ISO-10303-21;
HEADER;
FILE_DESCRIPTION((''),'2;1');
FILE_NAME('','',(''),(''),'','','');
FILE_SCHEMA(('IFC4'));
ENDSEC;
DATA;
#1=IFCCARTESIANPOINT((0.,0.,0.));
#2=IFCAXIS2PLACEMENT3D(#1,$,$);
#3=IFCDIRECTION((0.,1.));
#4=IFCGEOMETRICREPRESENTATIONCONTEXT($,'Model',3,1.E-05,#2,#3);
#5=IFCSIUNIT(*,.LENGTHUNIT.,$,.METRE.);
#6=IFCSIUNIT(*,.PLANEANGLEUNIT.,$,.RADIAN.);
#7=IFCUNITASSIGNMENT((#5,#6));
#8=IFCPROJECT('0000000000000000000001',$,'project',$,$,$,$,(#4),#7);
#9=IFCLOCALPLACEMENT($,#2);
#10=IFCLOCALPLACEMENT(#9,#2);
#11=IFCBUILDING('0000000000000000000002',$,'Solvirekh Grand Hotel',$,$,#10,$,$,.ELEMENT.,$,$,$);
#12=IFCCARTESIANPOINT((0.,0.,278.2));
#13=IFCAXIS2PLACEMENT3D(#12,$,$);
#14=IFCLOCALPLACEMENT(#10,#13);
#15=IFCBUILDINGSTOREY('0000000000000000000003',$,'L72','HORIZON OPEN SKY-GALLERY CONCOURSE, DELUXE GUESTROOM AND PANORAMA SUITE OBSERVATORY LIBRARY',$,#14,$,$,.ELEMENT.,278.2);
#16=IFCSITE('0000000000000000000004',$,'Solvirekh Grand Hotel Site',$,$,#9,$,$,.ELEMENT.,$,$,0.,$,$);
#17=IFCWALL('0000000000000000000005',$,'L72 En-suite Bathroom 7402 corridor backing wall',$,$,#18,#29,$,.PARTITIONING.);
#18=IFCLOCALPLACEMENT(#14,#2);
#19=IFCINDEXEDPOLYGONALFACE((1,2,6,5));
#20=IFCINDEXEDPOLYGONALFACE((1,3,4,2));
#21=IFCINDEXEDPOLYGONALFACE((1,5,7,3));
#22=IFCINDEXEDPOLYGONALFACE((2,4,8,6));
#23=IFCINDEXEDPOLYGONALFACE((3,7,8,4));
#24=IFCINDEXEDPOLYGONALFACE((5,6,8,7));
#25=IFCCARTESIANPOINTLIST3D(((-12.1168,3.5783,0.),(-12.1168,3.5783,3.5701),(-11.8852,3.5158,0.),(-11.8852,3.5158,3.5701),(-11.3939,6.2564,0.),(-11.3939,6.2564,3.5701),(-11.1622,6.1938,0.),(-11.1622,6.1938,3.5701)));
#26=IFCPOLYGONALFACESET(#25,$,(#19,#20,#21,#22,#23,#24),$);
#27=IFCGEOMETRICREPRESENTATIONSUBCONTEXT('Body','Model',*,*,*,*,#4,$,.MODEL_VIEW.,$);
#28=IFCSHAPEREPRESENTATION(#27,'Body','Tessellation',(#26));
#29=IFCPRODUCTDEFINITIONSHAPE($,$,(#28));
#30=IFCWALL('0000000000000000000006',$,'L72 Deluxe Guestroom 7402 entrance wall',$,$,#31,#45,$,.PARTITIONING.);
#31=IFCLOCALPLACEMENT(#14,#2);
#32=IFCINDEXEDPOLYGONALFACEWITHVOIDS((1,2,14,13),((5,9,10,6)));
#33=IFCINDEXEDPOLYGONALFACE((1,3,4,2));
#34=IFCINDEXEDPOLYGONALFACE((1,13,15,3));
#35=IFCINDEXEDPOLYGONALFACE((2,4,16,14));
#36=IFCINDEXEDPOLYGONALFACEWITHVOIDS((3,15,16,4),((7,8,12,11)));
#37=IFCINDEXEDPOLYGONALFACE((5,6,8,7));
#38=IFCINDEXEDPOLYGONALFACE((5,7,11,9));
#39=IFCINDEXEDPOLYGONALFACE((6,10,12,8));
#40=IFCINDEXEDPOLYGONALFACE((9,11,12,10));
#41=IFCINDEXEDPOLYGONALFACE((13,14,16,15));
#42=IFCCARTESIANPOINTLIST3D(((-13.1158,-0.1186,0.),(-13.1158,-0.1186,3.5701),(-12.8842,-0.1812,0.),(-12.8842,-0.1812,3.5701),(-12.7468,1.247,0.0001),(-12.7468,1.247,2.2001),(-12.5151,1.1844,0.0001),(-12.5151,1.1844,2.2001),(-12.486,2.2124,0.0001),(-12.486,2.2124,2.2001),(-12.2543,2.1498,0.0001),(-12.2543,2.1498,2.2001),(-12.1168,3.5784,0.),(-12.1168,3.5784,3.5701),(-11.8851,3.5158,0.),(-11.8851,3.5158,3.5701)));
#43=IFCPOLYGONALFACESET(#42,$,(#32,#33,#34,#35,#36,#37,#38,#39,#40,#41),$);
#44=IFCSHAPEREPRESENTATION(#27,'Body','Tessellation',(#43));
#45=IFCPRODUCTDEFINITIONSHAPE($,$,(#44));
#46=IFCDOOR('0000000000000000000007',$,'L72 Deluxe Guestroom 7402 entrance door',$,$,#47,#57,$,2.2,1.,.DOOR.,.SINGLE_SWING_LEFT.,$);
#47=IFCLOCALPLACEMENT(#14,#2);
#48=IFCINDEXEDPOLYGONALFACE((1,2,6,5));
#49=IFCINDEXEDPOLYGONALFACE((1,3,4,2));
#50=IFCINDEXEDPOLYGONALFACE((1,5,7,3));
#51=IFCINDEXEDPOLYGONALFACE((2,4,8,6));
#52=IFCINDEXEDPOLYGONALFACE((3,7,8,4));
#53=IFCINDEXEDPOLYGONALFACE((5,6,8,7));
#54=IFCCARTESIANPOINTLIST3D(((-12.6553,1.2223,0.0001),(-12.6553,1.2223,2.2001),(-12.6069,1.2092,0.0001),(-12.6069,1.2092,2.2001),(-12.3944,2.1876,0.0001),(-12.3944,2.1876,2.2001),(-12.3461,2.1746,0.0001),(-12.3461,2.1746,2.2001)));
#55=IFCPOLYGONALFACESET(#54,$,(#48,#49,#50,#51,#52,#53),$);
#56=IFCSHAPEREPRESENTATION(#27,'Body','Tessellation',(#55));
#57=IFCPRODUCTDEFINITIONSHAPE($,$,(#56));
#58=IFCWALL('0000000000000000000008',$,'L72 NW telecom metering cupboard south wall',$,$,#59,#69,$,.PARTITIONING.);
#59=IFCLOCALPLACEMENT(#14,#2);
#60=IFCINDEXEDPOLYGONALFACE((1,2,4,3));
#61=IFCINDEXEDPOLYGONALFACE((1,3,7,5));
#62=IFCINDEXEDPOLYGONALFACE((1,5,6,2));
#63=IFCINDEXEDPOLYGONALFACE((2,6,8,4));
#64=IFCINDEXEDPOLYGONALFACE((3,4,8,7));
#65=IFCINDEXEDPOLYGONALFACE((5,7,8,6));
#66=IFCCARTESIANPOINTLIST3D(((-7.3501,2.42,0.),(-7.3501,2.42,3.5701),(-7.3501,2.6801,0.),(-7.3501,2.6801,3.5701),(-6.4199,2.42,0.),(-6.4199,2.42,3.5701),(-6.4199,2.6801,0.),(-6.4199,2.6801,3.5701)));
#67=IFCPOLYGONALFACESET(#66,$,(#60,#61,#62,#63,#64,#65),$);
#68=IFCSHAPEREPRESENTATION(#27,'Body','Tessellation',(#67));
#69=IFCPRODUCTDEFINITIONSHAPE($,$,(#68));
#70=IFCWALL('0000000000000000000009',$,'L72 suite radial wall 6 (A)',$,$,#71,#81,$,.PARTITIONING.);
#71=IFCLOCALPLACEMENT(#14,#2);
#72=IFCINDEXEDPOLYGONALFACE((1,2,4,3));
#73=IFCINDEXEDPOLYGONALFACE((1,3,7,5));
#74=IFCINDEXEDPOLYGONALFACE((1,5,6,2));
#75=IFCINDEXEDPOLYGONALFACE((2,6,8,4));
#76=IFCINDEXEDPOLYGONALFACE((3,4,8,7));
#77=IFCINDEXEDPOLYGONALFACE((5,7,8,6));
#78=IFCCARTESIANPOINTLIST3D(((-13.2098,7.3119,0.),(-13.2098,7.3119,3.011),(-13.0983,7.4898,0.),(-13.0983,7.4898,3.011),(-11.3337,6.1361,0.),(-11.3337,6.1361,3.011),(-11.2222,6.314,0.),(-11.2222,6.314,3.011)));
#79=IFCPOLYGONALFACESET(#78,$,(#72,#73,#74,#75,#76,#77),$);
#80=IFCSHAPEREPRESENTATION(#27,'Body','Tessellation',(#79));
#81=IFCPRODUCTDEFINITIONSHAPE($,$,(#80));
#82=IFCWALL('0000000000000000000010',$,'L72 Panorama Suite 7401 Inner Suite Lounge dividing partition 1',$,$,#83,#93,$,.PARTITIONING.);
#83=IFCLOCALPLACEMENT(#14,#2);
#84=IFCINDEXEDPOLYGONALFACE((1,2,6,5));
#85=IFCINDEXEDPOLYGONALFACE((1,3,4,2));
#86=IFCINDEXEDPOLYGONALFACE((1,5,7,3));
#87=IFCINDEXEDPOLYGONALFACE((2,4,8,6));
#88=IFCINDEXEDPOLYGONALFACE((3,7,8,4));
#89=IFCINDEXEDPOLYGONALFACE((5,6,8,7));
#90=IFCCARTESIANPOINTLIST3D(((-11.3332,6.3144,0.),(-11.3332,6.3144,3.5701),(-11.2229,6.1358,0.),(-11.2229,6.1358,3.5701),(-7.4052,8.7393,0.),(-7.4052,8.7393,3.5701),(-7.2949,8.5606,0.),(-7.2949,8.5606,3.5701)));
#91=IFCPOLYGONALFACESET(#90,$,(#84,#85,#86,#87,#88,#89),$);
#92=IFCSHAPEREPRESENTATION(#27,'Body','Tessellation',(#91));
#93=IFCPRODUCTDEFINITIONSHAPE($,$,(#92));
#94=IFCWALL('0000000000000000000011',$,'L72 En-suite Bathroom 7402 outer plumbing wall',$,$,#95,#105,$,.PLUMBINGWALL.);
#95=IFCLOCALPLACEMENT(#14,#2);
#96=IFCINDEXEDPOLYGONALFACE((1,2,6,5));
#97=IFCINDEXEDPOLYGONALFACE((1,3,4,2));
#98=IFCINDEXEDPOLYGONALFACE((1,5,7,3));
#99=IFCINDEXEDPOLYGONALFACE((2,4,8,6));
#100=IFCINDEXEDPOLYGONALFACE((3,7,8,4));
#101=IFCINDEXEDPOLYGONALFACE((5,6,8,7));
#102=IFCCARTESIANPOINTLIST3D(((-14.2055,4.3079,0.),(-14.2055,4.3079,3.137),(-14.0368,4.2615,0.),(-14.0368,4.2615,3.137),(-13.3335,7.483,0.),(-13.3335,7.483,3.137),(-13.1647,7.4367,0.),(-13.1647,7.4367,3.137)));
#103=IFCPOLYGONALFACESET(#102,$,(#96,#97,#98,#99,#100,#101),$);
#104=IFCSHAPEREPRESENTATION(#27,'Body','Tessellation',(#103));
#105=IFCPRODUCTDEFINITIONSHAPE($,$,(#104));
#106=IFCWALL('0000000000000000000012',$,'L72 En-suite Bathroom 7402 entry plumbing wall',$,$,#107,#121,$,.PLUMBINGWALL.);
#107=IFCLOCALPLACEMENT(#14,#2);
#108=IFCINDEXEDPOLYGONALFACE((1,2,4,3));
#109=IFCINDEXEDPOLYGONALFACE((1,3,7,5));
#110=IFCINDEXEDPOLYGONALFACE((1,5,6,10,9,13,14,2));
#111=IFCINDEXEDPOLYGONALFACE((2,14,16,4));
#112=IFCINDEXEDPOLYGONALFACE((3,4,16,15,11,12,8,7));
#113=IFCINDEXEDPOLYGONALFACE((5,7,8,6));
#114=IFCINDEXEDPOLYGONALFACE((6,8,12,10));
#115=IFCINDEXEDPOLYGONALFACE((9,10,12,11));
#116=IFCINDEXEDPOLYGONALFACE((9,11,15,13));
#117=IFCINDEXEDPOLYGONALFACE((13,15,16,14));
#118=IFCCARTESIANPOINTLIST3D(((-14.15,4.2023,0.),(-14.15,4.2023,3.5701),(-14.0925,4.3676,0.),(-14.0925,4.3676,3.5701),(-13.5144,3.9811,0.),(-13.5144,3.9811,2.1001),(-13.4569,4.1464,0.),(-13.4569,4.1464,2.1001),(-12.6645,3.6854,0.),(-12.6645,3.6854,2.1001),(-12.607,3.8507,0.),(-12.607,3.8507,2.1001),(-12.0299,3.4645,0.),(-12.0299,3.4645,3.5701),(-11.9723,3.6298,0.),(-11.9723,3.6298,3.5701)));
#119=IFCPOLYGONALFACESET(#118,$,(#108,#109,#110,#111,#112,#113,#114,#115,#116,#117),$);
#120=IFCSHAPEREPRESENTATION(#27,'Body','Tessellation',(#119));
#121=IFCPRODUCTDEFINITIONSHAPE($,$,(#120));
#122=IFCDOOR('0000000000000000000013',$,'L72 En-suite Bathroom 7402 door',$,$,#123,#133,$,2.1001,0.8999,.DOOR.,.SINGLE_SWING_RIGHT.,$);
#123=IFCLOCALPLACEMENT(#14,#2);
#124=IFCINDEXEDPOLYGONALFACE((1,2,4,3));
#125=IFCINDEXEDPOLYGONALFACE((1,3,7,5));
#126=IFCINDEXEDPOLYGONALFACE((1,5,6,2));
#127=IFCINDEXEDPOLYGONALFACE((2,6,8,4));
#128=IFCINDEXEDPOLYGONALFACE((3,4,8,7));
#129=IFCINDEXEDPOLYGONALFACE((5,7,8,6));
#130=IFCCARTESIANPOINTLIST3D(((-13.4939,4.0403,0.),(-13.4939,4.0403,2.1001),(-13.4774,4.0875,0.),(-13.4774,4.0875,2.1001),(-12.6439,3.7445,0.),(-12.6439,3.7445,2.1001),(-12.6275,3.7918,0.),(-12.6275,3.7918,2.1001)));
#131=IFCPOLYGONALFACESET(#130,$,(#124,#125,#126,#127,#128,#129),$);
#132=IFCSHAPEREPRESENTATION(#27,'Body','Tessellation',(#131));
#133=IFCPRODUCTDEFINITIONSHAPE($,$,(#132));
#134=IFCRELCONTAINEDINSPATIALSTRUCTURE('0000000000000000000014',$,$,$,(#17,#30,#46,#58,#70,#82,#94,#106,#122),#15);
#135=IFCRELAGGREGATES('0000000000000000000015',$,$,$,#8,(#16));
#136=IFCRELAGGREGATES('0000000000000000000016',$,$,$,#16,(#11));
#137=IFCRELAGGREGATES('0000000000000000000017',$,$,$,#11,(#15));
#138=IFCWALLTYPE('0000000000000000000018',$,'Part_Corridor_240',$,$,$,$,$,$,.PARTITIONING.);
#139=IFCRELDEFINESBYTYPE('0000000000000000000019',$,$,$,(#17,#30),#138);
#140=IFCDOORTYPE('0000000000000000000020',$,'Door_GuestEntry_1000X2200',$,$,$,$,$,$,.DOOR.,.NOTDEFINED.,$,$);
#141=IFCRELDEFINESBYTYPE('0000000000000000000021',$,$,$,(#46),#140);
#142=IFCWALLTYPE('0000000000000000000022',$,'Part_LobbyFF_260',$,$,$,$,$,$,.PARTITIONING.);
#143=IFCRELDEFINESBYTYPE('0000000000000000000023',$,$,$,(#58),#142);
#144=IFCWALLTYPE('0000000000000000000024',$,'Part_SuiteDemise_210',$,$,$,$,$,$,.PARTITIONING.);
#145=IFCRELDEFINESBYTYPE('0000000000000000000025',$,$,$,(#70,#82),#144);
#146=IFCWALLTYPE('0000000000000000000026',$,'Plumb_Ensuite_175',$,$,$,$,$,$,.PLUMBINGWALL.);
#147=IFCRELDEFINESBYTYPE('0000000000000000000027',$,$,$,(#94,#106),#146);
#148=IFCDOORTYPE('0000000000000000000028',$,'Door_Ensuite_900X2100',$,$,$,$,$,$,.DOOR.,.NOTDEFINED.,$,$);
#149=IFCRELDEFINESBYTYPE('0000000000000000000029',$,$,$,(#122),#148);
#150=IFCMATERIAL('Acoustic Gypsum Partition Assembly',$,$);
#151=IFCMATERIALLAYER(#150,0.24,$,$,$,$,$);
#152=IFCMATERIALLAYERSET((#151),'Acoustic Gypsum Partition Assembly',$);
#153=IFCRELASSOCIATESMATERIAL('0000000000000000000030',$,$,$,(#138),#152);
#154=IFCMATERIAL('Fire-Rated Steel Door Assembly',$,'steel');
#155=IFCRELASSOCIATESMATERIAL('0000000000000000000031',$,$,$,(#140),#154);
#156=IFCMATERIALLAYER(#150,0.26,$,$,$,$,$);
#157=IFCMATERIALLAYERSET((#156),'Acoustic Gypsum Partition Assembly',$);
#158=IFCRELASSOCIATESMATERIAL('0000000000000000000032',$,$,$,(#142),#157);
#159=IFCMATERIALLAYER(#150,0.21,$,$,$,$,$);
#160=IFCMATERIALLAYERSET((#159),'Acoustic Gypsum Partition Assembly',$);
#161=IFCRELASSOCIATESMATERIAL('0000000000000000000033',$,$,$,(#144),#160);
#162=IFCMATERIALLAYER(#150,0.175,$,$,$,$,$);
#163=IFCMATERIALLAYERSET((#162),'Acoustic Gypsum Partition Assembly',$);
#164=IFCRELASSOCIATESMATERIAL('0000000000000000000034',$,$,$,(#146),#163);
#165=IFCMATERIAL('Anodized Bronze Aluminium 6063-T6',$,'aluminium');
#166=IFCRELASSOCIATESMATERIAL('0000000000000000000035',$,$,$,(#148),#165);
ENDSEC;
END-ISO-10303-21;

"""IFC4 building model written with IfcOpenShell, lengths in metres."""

from ifc_helpers import new_model, si_unit, direction, frame, frame_2d, origin, place, context, subcontext, project, spatial, rectangle, extrude, material, layer, layer_set, type_object, element, fill, save


model = new_model("IFC4")

# Units and contexts
model_context = context("Model", 3, precision=1e-05, world=origin(), true_north=direction((0.0, 1.0)))
body_context = subcontext(model_context, "Body", "Model", "MODEL_VIEW")
ifc_project = project(units=[si_unit("LENGTHUNIT", "METRE"), si_unit("PLANEANGLEUNIT", "RADIAN")], contexts=[model_context])

# Site, building, storey
site_placement = place(None, origin())
site = spatial("IfcSite", under=ifc_project, at=site_placement, Name="Solvirekh Grand Hotel Site", CompositionType="ELEMENT", RefElevation=0.0)
building_placement = place(site_placement, origin())
building = spatial("IfcBuilding", under=site, at=building_placement, Name="Solvirekh Grand Hotel", CompositionType="ELEMENT")
storey_placement = place(building_placement, frame((0.0, 0.0, 278.2)))
storey = spatial("IfcBuildingStorey", under=building, at=storey_placement, Name="L72", Description="HORIZON OPEN SKY-GALLERY CONCOURSE, DELUXE GUESTROOM AND PANORAMA SUITE OBSERVATORY LIBRARY", CompositionType="ELEMENT", Elevation=278.2)

# Shared definitions
ifc_material_1 = material(Name="Anodized Bronze Aluminium 6063-T6", Category="aluminium")

# Wall
ifc_material_2 = material(Name="Acoustic Gypsum Partition Assembly")
ifc_layer_1 = layer(ifc_material_2, 0.24)
ifc_layer_set_1 = layer_set([ifc_layer_1], Name="Acoustic Gypsum Partition Assembly")
wall_type_1 = type_object("IfcWallType", Name="Part_Corridor_240", PredefinedType="PARTITIONING", material=ifc_layer_set_1)
wall_1_placement = place(storey_placement, frame((-11.2781, 6.2251, 0.0), z_axis=(0.0, 0.0, 1.0), x_axis=(-0.260614, -0.965443, 0.0)))
element("IfcWall", 1, at=wall_1_placement, inside=storey, type_object=wall_type_1, Name="L72 En-suite Bathroom 7402 corridor backing wall", PredefinedType="PARTITIONING", context=body_context, shape_type="SweptSolid", body=[
    extrude(rectangle(XDim=2.7739, YDim=0.24, at=frame_2d((1.387, 0.0))), origin(), (0.0, 0.0, 1.0), 3.5701),
])

# Wall, opening, door
wall_2_placement = place(storey_placement, frame((-12.001, 3.5471, 0.0), z_axis=(0.0, 0.0, 1.0), x_axis=(-0.260867, -0.965375, 0.0)))
wall_2 = element("IfcWall", 2, at=wall_2_placement, inside=storey, type_object=wall_type_1, Name="L72 Deluxe Guestroom 7402 entrance wall", PredefinedType="PARTITIONING", context=body_context, shape_type="SweptSolid", body=[
    extrude(rectangle(XDim=3.8296, YDim=0.24, at=frame_2d((1.9148, 0.0))), origin(), (0.0, 0.0, 1.0), 3.5701),
])
opening_1_placement = place(wall_2_placement, frame((1.415, 0.0, 0.0)))
opening_1 = element("IfcOpeningElement", 3, at=opening_1_placement, cuts=wall_2, PredefinedType="OPENING", context=body_context, shape_type="SweptSolid", body=[
    extrude(rectangle(XDim=1.0, YDim=2.2, at=frame_2d((0.5, 1.1001))), frame((0.0, 0.1299, 0.0), z_axis=(0.0, -1.0, 0.0), x_axis=(1.0, 0.0, 0.0)), (0.0, 0.0, 1.0), 0.26),
])
ifc_material_3 = material(Name="Fire-Rated Steel Door Assembly", Category="steel")
door_type_1 = type_object("IfcDoorType", Name="Door_GuestEntry_1000X2200", OperationType="NOTDEFINED", PredefinedType="DOOR", material=ifc_material_3)
door_1_placement = place(opening_1_placement, origin())
door_1 = element("IfcDoor", 4, at=door_1_placement, inside=storey, type_object=door_type_1, Name="L72 Deluxe Guestroom 7402 entrance door", OperationType="SINGLE_SWING_LEFT", OverallHeight=2.2, OverallWidth=1.0, PredefinedType="DOOR", context=body_context, shape_type="SweptSolid", body=[
    extrude(rectangle(XDim=1.0, YDim=2.2, at=frame_2d((0.5, 1.1001))), frame((0.0, 0.0249, 0.0), z_axis=(0.0, -1.0, 0.0), x_axis=(1.0, 0.0, 0.0)), (0.0, 0.0, 1.0), 0.05),
])
fill(opening_1, door_1)

# Walls
ifc_layer_2 = layer(ifc_material_2, 0.26)
ifc_layer_set_2 = layer_set([ifc_layer_2], Name="Acoustic Gypsum Partition Assembly")
wall_type_2 = type_object("IfcWallType", Name="Part_LobbyFF_260", PredefinedType="PARTITIONING", material=ifc_layer_set_2)
wall_3_placement = place(storey_placement, frame((-7.3501, 2.55, 0.0), z_axis=(0.0, 0.0, 1.0), x_axis=(1.0, 0.0, 0.0)))
element("IfcWall", 5, at=wall_3_placement, inside=storey, type_object=wall_type_2, Name="L72 NW telecom metering cupboard south wall", PredefinedType="PARTITIONING", context=body_context, shape_type="SweptSolid", body=[
    extrude(rectangle(XDim=0.9302, YDim=0.26, at=frame_2d((0.4651, 0.0))), origin(), (0.0, 0.0, 1.0), 3.5701),
])
ifc_layer_3 = layer(ifc_material_2, 0.21)
ifc_layer_set_3 = layer_set([ifc_layer_3], Name="Acoustic Gypsum Partition Assembly")
wall_type_3 = type_object("IfcWallType", Name="Part_SuiteDemise_210", PredefinedType="PARTITIONING", material=ifc_layer_set_3)
wall_4_placement = place(storey_placement, frame((-11.2781, 6.2251, 0.0), z_axis=(0.0, 0.0, 1.0), x_axis=(-0.847329, 0.531069, 0.0)))
element("IfcWall", 6, at=wall_4_placement, inside=storey, type_object=wall_type_3, Name="L72 suite radial wall 6 (A)", PredefinedType="PARTITIONING", context=body_context, shape_type="SweptSolid", body=[
    extrude(rectangle(XDim=2.2141, YDim=0.21, at=frame_2d((1.1069, 0.0))), origin(), (0.0, 0.0, 1.0), 3.011),
])
wall_5_placement = place(storey_placement, frame((-11.2781, 6.2251, 0.0), z_axis=(0.0, 0.0, 1.0), x_axis=(0.850924, 0.525289, 0.0)))
element("IfcWall", 7, at=wall_5_placement, inside=storey, type_object=wall_type_3, Name="L72 Panorama Suite 7401 Inner Suite Lounge dividing partition 1", PredefinedType="PARTITIONING", context=body_context, shape_type="SweptSolid", body=[
    extrude(rectangle(XDim=4.6162, YDim=0.21, at=frame_2d((2.3081, 0.0))), origin(), (0.0, 0.0, 1.0), 3.5701),
])
ifc_layer_4 = layer(ifc_material_2, 0.175)
ifc_layer_set_4 = layer_set([ifc_layer_4], Name="Acoustic Gypsum Partition Assembly")
wall_type_4 = type_object("IfcWallType", Name="Plumb_Ensuite_175", PredefinedType="PLUMBINGWALL", material=ifc_layer_set_4)
wall_6_placement = place(storey_placement, frame((-13.249, 7.46, 0.0), z_axis=(0.0, 0.0, 1.0), x_axis=(-0.264855, -0.964288, 0.0)))
element("IfcWall", 8, at=wall_6_placement, inside=storey, type_object=wall_type_4, Name="L72 En-suite Bathroom 7402 outer plumbing wall", PredefinedType="PLUMBINGWALL", context=body_context, shape_type="SweptSolid", body=[
    extrude(rectangle(XDim=3.2927, YDim=0.175, at=frame_2d((1.6465, 0.0))), origin(), (0.0, 0.0, 1.0), 3.137),
])

# Wall, opening, door
wall_7_placement = place(storey_placement, frame((-12.001, 3.5471, 0.0), z_axis=(0.0, 0.0, 1.0), x_axis=(-0.944447, 0.328664, 0.0)))
wall_7 = element("IfcWall", 9, at=wall_7_placement, inside=storey, type_object=wall_type_4, Name="L72 En-suite Bathroom 7402 entry plumbing wall", PredefinedType="PLUMBINGWALL", context=body_context, shape_type="SweptSolid", body=[
    extrude(rectangle(XDim=2.2449, YDim=0.175, at=frame_2d((1.1226, 0.0))), origin(), (0.0, 0.0, 1.0), 3.5701),
])
opening_2_placement = place(wall_7_placement, frame((0.6721, 0.0, 0.0)))
opening_2 = element("IfcOpeningElement", 10, at=opening_2_placement, cuts=wall_7, PredefinedType="OPENING", context=body_context, shape_type="SweptSolid", body=[
    extrude(rectangle(XDim=0.8999, YDim=2.1001, at=frame_2d((0.45, 1.05))), frame((0.0, 0.0977, 0.0), z_axis=(0.0, -1.0, 0.0), x_axis=(1.0, 0.0, 0.0)), (0.0, 0.0, 1.0), 0.1951),
])
door_type_2 = type_object("IfcDoorType", Name="Door_Ensuite_900X2100", OperationType="NOTDEFINED", PredefinedType="DOOR", material=ifc_material_1)
door_2_placement = place(opening_2_placement, origin())
door_2 = element("IfcDoor", 11, at=door_2_placement, inside=storey, type_object=door_type_2, Name="L72 En-suite Bathroom 7402 door", OperationType="SINGLE_SWING_RIGHT", OverallHeight=2.1001, OverallWidth=0.8999, PredefinedType="DOOR", context=body_context, shape_type="SweptSolid", body=[
    extrude(rectangle(XDim=0.8999, YDim=2.1001, at=frame_2d((0.45, 1.05))), frame((0.0, 0.0249, 0.0), z_axis=(0.0, -1.0, 0.0), x_axis=(1.0, 0.0, 0.0)), (0.0, 0.0, 1.0), 0.05),
])
fill(opening_2, door_2)

save(model, "model.ifc")
